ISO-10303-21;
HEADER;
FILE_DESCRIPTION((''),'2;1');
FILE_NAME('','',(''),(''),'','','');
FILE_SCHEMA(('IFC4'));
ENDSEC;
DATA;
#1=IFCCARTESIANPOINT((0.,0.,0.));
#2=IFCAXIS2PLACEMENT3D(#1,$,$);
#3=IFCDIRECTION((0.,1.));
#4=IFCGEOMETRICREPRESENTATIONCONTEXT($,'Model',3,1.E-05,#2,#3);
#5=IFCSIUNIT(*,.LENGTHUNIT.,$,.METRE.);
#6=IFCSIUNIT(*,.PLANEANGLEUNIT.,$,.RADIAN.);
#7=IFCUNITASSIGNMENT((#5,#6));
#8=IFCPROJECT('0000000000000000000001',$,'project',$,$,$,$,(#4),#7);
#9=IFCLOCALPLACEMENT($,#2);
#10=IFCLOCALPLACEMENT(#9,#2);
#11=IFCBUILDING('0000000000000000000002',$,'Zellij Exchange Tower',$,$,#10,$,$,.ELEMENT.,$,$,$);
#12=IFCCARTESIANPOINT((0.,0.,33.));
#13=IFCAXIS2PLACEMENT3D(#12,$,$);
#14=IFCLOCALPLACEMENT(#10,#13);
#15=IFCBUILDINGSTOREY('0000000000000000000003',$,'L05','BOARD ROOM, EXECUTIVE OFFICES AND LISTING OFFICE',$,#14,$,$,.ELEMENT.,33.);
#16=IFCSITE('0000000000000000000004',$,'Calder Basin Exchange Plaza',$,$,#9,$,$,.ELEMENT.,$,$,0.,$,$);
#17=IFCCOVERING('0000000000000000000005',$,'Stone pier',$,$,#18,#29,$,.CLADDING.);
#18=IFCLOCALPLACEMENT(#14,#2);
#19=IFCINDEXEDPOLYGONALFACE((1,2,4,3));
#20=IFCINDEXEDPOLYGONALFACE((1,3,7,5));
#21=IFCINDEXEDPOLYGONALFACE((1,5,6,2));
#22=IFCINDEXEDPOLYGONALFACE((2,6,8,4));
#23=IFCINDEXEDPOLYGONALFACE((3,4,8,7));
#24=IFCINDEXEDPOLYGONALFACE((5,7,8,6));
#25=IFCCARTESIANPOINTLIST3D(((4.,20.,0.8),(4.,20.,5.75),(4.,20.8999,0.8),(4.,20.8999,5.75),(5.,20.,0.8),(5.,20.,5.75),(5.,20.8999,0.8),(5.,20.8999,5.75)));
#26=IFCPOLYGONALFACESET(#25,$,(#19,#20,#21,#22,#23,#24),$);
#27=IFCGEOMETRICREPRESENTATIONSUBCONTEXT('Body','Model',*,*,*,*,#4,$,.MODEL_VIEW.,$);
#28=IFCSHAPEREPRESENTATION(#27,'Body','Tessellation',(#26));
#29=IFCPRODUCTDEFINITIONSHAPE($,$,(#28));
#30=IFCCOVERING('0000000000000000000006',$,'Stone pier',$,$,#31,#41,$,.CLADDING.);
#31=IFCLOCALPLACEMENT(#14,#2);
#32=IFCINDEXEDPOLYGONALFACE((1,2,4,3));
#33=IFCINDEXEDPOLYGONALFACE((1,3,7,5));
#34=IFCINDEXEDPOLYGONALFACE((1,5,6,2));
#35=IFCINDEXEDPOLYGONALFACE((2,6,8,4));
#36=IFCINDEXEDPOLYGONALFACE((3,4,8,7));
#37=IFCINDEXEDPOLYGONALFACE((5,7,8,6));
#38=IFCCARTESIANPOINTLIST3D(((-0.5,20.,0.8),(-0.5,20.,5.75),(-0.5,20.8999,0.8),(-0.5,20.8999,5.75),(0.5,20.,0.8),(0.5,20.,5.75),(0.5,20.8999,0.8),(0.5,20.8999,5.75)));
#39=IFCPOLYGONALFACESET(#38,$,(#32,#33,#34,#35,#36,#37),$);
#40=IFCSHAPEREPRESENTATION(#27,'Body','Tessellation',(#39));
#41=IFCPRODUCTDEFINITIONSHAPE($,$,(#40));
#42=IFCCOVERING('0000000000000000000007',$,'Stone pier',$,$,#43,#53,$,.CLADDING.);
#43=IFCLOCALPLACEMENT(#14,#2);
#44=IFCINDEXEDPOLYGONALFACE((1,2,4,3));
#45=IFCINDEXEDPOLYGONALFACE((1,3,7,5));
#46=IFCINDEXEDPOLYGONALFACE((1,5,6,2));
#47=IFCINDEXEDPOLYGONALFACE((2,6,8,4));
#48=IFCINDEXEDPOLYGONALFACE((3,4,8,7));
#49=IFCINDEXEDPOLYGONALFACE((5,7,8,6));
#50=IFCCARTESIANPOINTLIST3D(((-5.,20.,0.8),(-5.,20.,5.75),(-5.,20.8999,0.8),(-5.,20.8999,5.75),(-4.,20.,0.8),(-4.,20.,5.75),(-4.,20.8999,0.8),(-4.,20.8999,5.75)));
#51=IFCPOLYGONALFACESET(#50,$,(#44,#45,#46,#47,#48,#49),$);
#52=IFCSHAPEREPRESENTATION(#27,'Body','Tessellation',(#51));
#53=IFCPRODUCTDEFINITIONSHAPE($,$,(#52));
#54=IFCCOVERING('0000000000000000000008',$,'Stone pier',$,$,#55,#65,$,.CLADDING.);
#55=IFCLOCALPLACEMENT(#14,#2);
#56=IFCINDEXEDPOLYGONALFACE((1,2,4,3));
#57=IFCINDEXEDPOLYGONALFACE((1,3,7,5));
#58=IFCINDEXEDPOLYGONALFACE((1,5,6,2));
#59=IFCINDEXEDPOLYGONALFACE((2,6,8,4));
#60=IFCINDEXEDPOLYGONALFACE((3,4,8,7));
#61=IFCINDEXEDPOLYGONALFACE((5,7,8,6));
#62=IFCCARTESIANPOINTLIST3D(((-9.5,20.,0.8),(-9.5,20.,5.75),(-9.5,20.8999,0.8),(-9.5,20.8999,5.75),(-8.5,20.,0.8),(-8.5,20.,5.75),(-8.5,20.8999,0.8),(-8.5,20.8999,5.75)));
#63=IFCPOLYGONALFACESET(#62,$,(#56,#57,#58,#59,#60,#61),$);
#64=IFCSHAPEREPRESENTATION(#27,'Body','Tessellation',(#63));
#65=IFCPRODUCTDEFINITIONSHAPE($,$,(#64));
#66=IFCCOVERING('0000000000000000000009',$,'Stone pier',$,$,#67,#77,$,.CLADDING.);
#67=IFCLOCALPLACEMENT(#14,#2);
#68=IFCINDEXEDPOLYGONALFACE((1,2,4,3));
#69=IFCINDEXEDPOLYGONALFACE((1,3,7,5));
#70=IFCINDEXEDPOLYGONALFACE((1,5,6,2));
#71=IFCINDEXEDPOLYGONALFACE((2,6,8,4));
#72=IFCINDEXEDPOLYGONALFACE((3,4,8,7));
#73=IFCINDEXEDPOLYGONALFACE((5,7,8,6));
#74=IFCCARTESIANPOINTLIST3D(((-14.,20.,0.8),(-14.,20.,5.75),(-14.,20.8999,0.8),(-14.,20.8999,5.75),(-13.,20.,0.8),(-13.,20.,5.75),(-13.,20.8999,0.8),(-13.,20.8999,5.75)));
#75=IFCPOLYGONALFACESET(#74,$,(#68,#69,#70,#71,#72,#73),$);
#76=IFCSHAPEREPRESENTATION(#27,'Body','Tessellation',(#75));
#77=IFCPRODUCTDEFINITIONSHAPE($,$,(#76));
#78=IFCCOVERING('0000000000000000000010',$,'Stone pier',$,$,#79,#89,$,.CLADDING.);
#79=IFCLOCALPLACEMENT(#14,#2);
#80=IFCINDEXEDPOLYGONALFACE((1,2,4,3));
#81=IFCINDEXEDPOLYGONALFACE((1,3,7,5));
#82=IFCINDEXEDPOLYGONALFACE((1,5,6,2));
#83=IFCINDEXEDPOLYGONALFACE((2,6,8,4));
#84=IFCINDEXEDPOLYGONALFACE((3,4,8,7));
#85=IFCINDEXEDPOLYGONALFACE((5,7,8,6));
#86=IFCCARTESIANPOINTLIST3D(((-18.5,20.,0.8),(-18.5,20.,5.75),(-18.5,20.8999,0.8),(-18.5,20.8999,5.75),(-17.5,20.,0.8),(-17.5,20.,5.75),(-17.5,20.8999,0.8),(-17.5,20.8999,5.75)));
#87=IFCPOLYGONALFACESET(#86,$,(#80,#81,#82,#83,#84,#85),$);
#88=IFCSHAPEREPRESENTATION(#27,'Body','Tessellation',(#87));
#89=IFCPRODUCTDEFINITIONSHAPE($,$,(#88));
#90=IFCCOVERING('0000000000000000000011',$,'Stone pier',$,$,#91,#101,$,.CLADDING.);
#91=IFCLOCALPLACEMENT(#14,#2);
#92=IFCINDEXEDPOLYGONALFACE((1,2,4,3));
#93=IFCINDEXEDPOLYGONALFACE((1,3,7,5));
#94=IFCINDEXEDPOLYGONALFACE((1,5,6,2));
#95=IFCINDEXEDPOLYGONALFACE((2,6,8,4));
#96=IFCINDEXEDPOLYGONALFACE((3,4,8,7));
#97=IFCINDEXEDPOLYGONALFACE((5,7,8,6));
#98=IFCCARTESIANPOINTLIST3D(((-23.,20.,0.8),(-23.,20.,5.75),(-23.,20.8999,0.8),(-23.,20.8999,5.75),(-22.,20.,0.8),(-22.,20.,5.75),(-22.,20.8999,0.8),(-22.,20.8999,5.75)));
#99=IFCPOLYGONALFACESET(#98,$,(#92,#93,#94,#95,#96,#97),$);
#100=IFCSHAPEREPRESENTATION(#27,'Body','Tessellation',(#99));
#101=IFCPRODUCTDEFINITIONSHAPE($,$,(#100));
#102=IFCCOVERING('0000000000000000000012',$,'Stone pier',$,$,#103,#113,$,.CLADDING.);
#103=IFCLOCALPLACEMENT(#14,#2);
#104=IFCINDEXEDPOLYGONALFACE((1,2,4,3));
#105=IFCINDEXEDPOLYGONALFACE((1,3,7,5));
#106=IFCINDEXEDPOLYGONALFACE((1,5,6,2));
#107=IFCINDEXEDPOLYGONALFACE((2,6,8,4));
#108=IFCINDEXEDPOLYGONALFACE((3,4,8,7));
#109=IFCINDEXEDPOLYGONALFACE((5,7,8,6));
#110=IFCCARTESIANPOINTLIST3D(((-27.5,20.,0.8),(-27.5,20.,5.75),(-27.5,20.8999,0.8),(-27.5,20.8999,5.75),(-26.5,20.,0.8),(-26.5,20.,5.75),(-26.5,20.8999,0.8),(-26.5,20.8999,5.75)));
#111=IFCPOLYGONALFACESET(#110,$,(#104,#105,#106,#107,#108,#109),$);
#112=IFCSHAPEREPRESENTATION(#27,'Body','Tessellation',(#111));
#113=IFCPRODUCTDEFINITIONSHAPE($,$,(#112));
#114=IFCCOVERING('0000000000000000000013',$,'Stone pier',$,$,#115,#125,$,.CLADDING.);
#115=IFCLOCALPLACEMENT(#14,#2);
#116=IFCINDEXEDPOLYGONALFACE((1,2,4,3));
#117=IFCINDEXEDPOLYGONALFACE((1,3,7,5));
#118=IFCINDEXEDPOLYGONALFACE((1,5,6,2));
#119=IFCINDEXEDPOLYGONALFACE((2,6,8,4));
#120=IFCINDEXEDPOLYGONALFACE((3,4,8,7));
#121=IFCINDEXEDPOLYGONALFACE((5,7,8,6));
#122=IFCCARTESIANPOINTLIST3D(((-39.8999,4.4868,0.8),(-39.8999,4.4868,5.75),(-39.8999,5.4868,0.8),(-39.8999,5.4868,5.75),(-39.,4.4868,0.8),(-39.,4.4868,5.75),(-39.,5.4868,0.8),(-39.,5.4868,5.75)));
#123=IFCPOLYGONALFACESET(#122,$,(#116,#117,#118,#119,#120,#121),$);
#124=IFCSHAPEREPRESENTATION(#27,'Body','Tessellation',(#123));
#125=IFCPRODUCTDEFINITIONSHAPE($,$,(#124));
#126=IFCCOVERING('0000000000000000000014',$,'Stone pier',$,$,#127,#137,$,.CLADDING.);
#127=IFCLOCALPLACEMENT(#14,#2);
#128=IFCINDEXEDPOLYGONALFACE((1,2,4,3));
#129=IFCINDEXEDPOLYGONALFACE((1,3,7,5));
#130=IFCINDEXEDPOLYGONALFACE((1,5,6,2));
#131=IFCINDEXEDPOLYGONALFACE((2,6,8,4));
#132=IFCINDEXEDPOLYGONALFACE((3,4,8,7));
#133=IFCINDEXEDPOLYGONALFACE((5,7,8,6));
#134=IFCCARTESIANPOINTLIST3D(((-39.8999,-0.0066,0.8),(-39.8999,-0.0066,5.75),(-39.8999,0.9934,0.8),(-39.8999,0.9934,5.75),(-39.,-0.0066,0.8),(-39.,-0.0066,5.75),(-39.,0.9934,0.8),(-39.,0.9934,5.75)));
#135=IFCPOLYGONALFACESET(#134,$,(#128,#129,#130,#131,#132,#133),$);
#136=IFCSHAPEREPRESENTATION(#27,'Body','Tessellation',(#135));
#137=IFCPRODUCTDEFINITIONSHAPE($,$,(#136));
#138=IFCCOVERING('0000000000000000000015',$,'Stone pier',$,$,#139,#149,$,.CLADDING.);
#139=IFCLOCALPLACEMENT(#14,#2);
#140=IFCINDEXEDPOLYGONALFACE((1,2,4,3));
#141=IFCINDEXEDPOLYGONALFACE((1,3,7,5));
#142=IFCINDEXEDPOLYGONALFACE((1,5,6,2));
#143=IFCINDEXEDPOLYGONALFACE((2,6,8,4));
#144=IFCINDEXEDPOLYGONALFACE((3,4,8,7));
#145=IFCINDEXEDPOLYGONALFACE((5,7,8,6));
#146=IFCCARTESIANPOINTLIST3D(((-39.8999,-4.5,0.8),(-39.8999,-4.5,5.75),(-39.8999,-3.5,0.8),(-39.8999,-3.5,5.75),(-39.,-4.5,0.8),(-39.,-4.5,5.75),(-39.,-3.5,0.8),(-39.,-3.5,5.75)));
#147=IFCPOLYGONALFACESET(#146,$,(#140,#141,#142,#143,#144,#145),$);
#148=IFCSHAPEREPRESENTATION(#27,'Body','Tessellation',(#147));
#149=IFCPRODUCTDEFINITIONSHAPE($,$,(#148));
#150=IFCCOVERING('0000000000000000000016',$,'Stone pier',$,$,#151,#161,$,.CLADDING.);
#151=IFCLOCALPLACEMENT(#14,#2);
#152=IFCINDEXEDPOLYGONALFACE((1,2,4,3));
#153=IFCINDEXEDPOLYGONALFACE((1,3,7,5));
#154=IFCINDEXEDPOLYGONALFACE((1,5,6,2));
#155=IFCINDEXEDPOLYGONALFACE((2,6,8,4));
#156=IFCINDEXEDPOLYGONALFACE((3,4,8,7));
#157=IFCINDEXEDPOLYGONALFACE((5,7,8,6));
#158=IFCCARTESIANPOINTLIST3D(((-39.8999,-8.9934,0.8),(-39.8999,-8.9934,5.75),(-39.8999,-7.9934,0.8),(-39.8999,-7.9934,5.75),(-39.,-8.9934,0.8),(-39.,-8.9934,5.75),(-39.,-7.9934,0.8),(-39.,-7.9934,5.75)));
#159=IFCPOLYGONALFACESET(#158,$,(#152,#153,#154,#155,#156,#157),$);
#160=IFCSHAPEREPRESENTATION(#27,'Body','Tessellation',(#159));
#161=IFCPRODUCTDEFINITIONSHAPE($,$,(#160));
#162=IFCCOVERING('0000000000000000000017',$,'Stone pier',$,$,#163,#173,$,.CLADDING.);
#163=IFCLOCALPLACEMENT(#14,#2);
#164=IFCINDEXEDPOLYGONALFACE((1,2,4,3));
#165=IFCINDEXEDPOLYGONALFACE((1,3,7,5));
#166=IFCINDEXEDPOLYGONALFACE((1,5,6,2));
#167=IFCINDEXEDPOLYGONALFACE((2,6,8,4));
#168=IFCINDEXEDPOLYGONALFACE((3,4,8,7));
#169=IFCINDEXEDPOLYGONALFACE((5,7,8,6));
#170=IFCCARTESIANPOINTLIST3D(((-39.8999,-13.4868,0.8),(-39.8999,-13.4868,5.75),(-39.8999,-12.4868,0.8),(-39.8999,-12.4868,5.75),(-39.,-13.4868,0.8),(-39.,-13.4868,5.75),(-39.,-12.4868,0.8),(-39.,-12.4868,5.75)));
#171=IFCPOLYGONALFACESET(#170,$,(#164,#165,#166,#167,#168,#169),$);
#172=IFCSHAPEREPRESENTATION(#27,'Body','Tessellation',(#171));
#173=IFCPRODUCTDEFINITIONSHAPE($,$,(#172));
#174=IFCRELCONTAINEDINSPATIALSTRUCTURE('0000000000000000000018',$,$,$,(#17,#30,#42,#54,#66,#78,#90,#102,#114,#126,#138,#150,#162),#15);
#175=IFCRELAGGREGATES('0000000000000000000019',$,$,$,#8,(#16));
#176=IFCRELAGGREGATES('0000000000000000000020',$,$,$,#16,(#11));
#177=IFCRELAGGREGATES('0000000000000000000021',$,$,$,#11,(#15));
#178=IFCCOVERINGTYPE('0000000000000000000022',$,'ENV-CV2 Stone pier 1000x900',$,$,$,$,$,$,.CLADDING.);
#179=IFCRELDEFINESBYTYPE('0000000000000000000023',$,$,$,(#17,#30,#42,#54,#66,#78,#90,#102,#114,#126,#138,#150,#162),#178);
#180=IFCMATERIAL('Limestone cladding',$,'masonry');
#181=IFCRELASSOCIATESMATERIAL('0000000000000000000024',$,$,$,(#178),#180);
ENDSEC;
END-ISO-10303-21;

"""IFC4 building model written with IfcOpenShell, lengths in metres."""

from ifc_helpers import new_model, si_unit, direction, frame, origin, place, context, subcontext, project, spatial, polyline, outline, extrude, material, type_object, element, save


model = new_model("IFC4")

# Units and contexts
model_context = context("Model", 3, precision=1e-05, world=origin(), true_north=direction((0.0, 1.0)))
body_context = subcontext(model_context, "Body", "Model", "MODEL_VIEW")
ifc_project = project(units=[si_unit("LENGTHUNIT", "METRE"), si_unit("PLANEANGLEUNIT", "RADIAN")], contexts=[model_context])

# Site, building, storey
site_placement = place(None, origin())
site = spatial("IfcSite", under=ifc_project, at=site_placement, Name="Calder Basin Exchange Plaza", CompositionType="ELEMENT", RefElevation=0.0)
building_placement = place(site_placement, origin())
building = spatial("IfcBuilding", under=site, at=building_placement, Name="Zellij Exchange Tower", CompositionType="ELEMENT")
storey_placement = place(building_placement, frame((0.0, 0.0, 33.0)))
storey = spatial("IfcBuildingStorey", under=building, at=storey_placement, Name="L05", Description="BOARD ROOM, EXECUTIVE OFFICES AND LISTING OFFICE", CompositionType="ELEMENT", Elevation=33.0)

# Coverings
ifc_material_1 = material(Name="Limestone cladding", Category="masonry")
covering_type_1 = type_object("IfcCoveringType", Name="ENV-CV2 Stone pier 1000x900", PredefinedType="CLADDING", material=ifc_material_1)
covering_1_placement = place(storey_placement, frame((0.0, 0.0, 0.8)))
element("IfcCovering", 1, at=covering_1_placement, inside=storey, type_object=covering_type_1, Name="Stone pier", PredefinedType="CLADDING", context=body_context, shape_type="SweptSolid", body=[
    extrude(outline(polyline([(5.0, 20.0), (4.0, 20.0), (4.0, 20.8999), (5.0, 20.8999), (5.0, 20.0)])), origin(), (0.0, 0.0, 1.0), 4.95),
])
covering_2_placement = place(storey_placement, frame((0.0, 0.0, 0.8)))
element("IfcCovering", 2, at=covering_2_placement, inside=storey, type_object=covering_type_1, Name="Stone pier", PredefinedType="CLADDING", context=body_context, shape_type="SweptSolid", body=[
    extrude(outline(polyline([(0.5, 20.0), (-0.5, 20.0), (-0.5, 20.8999), (0.5, 20.8999), (0.5, 20.0)])), origin(), (0.0, 0.0, 1.0), 4.95),
])
covering_3_placement = place(storey_placement, frame((0.0, 0.0, 0.8)))
element("IfcCovering", 3, at=covering_3_placement, inside=storey, type_object=covering_type_1, Name="Stone pier", PredefinedType="CLADDING", context=body_context, shape_type="SweptSolid", body=[
    extrude(outline(polyline([(-4.0, 20.0), (-5.0, 20.0), (-5.0, 20.8999), (-4.0, 20.8999), (-4.0, 20.0)])), origin(), (0.0, 0.0, 1.0), 4.95),
])
covering_4_placement = place(storey_placement, frame((0.0, 0.0, 0.8)))
element("IfcCovering", 4, at=covering_4_placement, inside=storey, type_object=covering_type_1, Name="Stone pier", PredefinedType="CLADDING", context=body_context, shape_type="SweptSolid", body=[
    extrude(outline(polyline([(-8.5, 20.0), (-9.5, 20.0), (-9.5, 20.8999), (-8.5, 20.8999), (-8.5, 20.0)])), origin(), (0.0, 0.0, 1.0), 4.95),
])
covering_5_placement = place(storey_placement, frame((0.0, 0.0, 0.8)))
element("IfcCovering", 5, at=covering_5_placement, inside=storey, type_object=covering_type_1, Name="Stone pier", PredefinedType="CLADDING", context=body_context, shape_type="SweptSolid", body=[
    extrude(outline(polyline([(-13.0, 20.0), (-14.0, 20.0), (-14.0, 20.8999), (-13.0, 20.8999), (-13.0, 20.0)])), origin(), (0.0, 0.0, 1.0), 4.95),
])
covering_6_placement = place(storey_placement, frame((0.0, 0.0, 0.8)))
element("IfcCovering", 6, at=covering_6_placement, inside=storey, type_object=covering_type_1, Name="Stone pier", PredefinedType="CLADDING", context=body_context, shape_type="SweptSolid", body=[
    extrude(outline(polyline([(-17.5, 20.0), (-18.5, 20.0), (-18.5, 20.8999), (-17.5, 20.8999), (-17.5, 20.0)])), origin(), (0.0, 0.0, 1.0), 4.95),
])
covering_7_placement = place(storey_placement, frame((0.0, 0.0, 0.8)))
element("IfcCovering", 7, at=covering_7_placement, inside=storey, type_object=covering_type_1, Name="Stone pier", PredefinedType="CLADDING", context=body_context, shape_type="SweptSolid", body=[
    extrude(outline(polyline([(-22.0, 20.0), (-23.0, 20.0), (-23.0, 20.8999), (-22.0, 20.8999), (-22.0, 20.0)])), origin(), (0.0, 0.0, 1.0), 4.95),
])
covering_8_placement = place(storey_placement, frame((0.0, 0.0, 0.8)))
element("IfcCovering", 8, at=covering_8_placement, inside=storey, type_object=covering_type_1, Name="Stone pier", PredefinedType="CLADDING", context=body_context, shape_type="SweptSolid", body=[
    extrude(outline(polyline([(-26.5, 20.0), (-27.5, 20.0), (-27.5, 20.8999), (-26.5, 20.8999), (-26.5, 20.0)])), origin(), (0.0, 0.0, 1.0), 4.95),
])
covering_9_placement = place(storey_placement, frame((0.0, 0.0, 0.8)))
element("IfcCovering", 9, at=covering_9_placement, inside=storey, type_object=covering_type_1, Name="Stone pier", PredefinedType="CLADDING", context=body_context, shape_type="SweptSolid", body=[
    extrude(outline(polyline([(-39.0, 5.4868), (-39.0, 4.4868), (-39.8999, 4.4868), (-39.8999, 5.4868), (-39.0, 5.4868)])), origin(), (0.0, 0.0, 1.0), 4.95),
])
covering_10_placement = place(storey_placement, frame((0.0, 0.0, 0.8)))
element("IfcCovering", 10, at=covering_10_placement, inside=storey, type_object=covering_type_1, Name="Stone pier", PredefinedType="CLADDING", context=body_context, shape_type="SweptSolid", body=[
    extrude(outline(polyline([(-39.0, 0.9934), (-39.0, -0.0066), (-39.8999, -0.0066), (-39.8999, 0.9934), (-39.0, 0.9934)])), origin(), (0.0, 0.0, 1.0), 4.95),
])
covering_11_placement = place(storey_placement, frame((0.0, 0.0, 0.8)))
element("IfcCovering", 11, at=covering_11_placement, inside=storey, type_object=covering_type_1, Name="Stone pier", PredefinedType="CLADDING", context=body_context, shape_type="SweptSolid", body=[
    extrude(outline(polyline([(-39.0, -3.5), (-39.0, -4.5), (-39.8999, -4.5), (-39.8999, -3.5), (-39.0, -3.5)])), origin(), (0.0, 0.0, 1.0), 4.95),
])
covering_12_placement = place(storey_placement, frame((0.0, 0.0, 0.8)))
element("IfcCovering", 12, at=covering_12_placement, inside=storey, type_object=covering_type_1, Name="Stone pier", PredefinedType="CLADDING", context=body_context, shape_type="SweptSolid", body=[
    extrude(outline(polyline([(-39.0, -7.9934), (-39.0, -8.9934), (-39.8999, -8.9934), (-39.8999, -7.9934), (-39.0, -7.9934)])), origin(), (0.0, 0.0, 1.0), 4.95),
])
covering_13_placement = place(storey_placement, frame((0.0, 0.0, 0.8)))
element("IfcCovering", 13, at=covering_13_placement, inside=storey, type_object=covering_type_1, Name="Stone pier", PredefinedType="CLADDING", context=body_context, shape_type="SweptSolid", body=[
    extrude(outline(polyline([(-39.0, -12.4868), (-39.0, -13.4868), (-39.8999, -13.4868), (-39.8999, -12.4868), (-39.0, -12.4868)])), origin(), (0.0, 0.0, 1.0), 4.95),
])

save(model, "model.ifc")
